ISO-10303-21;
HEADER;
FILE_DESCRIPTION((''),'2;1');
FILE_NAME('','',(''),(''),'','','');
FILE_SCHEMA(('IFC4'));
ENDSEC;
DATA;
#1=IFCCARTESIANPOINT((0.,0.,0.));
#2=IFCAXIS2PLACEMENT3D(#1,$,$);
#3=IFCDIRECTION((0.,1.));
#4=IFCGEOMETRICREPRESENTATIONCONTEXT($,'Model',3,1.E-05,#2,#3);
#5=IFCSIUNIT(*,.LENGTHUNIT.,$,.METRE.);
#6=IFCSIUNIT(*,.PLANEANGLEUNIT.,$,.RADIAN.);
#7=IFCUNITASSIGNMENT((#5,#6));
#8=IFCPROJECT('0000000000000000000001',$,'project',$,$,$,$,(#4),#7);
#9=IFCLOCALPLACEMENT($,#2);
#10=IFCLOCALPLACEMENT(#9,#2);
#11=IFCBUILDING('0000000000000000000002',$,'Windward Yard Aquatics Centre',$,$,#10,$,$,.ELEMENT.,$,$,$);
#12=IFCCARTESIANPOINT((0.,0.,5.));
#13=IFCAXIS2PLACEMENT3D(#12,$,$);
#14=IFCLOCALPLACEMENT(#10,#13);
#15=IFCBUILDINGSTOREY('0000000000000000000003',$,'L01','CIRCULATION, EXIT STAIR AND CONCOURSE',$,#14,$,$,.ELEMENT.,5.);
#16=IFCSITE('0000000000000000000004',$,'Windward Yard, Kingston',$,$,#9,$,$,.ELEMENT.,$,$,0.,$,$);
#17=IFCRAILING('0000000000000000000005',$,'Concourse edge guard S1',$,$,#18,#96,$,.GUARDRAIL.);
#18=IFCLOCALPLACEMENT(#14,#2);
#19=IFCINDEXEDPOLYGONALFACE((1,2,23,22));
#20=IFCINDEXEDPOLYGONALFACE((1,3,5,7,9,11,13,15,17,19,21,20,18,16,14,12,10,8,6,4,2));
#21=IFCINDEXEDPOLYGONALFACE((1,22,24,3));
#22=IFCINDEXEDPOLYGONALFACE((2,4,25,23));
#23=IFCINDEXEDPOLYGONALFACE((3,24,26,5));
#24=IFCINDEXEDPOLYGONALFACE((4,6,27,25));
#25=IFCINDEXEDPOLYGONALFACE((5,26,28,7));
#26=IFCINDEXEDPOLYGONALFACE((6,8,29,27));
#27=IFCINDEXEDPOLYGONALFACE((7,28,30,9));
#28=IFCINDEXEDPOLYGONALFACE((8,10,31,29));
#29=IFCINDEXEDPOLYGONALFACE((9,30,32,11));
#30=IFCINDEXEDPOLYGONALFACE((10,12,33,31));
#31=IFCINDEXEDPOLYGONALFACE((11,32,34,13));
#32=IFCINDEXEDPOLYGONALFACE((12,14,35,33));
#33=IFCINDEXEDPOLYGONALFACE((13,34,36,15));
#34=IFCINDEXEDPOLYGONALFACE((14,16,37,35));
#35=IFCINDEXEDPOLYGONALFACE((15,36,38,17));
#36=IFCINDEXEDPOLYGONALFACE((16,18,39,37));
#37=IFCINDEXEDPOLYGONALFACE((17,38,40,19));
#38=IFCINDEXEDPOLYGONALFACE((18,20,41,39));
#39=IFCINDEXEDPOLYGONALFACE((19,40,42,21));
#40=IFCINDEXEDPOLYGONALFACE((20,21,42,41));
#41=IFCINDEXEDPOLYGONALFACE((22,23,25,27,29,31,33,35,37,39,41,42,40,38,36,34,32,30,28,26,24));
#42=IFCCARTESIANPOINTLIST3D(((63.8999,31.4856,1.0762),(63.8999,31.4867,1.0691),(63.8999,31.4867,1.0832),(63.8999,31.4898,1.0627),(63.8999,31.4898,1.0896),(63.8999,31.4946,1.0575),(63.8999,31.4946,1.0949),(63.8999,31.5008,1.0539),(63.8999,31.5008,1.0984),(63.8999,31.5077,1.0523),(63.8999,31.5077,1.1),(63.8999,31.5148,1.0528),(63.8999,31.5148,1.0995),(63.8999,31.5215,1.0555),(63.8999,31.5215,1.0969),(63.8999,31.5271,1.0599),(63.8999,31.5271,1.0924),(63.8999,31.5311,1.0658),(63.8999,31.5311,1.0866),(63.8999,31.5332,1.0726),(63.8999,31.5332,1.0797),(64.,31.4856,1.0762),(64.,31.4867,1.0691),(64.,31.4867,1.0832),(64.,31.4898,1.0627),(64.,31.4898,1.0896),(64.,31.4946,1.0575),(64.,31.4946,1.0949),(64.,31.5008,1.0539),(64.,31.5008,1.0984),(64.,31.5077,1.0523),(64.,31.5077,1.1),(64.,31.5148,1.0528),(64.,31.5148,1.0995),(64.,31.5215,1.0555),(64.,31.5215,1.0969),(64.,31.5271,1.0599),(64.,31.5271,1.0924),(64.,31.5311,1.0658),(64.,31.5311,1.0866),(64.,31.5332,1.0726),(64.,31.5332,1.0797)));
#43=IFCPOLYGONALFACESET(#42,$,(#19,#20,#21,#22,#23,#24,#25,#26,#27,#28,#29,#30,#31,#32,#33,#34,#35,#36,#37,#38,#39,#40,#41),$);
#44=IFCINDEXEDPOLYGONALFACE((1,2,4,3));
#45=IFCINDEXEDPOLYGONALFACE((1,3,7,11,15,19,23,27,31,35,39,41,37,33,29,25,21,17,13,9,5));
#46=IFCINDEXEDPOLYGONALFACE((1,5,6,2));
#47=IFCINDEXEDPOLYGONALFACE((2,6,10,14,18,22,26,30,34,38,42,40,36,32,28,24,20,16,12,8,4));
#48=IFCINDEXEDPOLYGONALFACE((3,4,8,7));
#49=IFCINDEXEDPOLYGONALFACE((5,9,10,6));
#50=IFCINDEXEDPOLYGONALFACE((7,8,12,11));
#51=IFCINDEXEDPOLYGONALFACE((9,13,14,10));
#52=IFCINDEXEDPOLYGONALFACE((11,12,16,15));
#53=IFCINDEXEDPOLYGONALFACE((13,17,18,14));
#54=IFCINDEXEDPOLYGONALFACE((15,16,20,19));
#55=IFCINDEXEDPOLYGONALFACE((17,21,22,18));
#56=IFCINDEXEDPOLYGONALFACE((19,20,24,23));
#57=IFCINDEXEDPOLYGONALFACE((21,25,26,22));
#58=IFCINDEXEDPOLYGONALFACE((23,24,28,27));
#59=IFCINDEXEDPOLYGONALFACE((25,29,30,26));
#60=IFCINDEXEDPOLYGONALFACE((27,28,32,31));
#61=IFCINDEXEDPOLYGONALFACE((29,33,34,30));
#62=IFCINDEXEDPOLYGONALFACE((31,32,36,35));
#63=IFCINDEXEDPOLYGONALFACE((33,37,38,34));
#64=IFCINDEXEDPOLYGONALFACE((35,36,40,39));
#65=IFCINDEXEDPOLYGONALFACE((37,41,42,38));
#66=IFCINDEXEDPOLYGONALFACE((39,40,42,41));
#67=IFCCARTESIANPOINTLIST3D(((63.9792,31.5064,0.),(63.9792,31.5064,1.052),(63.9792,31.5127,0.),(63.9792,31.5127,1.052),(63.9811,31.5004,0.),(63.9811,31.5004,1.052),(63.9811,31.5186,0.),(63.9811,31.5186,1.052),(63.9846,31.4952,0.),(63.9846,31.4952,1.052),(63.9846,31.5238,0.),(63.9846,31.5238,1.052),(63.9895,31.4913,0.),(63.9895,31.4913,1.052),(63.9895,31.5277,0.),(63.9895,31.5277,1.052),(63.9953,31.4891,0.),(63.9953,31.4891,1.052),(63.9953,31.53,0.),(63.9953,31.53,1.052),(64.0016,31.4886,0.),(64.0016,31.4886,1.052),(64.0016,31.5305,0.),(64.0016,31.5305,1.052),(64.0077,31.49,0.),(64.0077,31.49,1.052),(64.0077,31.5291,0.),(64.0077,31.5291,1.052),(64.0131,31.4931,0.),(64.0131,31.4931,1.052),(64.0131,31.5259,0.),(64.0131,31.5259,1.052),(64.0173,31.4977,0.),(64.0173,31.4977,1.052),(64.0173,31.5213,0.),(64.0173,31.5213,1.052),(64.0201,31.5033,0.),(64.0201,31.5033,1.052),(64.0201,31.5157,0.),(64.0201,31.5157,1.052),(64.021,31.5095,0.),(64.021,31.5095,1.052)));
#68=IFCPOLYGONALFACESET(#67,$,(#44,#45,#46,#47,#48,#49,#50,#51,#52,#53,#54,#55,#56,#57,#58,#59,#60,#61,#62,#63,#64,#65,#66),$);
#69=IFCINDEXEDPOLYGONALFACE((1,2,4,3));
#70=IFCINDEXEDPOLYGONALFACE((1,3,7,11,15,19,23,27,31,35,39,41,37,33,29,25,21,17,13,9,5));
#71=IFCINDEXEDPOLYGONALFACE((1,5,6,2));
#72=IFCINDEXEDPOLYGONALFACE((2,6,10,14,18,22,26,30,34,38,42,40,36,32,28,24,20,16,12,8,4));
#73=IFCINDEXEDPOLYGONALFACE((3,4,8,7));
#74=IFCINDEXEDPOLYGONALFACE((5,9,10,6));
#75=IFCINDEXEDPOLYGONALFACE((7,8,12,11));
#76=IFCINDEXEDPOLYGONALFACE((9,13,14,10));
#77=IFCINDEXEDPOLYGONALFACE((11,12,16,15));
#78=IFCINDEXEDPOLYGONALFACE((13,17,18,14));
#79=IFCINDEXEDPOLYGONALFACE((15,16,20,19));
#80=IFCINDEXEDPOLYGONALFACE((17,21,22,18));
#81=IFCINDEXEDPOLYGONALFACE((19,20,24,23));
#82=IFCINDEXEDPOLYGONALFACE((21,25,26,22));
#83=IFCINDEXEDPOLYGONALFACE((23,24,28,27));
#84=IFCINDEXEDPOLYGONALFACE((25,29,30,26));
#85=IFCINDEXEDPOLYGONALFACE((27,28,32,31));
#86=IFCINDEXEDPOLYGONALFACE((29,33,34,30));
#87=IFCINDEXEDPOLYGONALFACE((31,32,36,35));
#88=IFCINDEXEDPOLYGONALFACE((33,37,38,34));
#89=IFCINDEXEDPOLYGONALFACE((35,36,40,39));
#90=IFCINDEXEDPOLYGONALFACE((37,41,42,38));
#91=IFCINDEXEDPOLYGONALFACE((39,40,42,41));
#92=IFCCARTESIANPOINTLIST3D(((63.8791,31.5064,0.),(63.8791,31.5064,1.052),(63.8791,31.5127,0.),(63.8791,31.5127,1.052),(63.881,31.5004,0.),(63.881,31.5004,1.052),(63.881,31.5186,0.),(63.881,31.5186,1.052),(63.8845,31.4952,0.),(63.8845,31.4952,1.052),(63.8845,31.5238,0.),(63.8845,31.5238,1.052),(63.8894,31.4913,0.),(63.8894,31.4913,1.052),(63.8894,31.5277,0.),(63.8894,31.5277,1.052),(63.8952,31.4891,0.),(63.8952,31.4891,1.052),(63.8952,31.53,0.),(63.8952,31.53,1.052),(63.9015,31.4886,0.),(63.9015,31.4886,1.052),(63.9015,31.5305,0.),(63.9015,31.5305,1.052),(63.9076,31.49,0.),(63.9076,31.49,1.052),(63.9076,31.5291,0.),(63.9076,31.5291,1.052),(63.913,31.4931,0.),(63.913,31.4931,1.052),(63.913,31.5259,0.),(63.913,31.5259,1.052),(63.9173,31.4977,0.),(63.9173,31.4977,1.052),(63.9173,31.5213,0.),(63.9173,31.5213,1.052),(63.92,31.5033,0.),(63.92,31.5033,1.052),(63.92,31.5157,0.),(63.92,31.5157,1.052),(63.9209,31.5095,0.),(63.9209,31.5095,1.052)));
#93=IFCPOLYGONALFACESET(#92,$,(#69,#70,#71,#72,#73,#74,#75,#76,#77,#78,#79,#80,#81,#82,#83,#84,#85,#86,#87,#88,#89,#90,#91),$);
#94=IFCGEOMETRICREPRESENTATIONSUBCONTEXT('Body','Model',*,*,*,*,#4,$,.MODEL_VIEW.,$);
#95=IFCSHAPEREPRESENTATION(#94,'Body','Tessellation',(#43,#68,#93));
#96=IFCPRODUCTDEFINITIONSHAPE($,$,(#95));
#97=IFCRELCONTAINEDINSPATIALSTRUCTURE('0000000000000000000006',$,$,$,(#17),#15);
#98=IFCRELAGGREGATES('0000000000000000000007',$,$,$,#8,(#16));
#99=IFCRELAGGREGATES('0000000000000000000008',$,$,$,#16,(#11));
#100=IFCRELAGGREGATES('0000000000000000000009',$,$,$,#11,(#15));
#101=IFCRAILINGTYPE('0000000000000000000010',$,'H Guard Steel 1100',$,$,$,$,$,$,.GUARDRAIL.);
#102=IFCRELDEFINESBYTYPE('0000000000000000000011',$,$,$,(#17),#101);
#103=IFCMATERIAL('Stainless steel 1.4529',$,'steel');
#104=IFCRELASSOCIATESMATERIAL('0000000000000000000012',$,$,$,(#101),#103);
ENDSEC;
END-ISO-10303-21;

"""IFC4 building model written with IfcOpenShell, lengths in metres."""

from ifc_helpers import new_model, si_unit, direction, frame, origin, origin_2d, place, context, subcontext, project, spatial, circle, extrude, material, type_object, element, save


model = new_model("IFC4")

# Units and contexts
model_context = context("Model", 3, precision=1e-05, world=origin(), true_north=direction((0.0, 1.0)))
body_context = subcontext(model_context, "Body", "Model", "MODEL_VIEW")
ifc_project = project(units=[si_unit("LENGTHUNIT", "METRE"), si_unit("PLANEANGLEUNIT", "RADIAN")], contexts=[model_context])

# Site, building, storey
site_placement = place(None, origin())
site = spatial("IfcSite", under=ifc_project, at=site_placement, Name="Windward Yard, Kingston", CompositionType="ELEMENT", RefElevation=0.0)
building_placement = place(site_placement, origin())
building = spatial("IfcBuilding", under=site, at=building_placement, Name="Windward Yard Aquatics Centre", CompositionType="ELEMENT")
storey_placement = place(building_placement, frame((0.0, 0.0, 5.0)))
storey = spatial("IfcBuildingStorey", under=building, at=storey_placement, Name="L01", Description="CIRCULATION, EXIT STAIR AND CONCOURSE", CompositionType="ELEMENT", Elevation=5.0)

# Railing
ifc_material_1 = material(Name="Stainless steel 1.4529", Category="steel")
railing_type_1 = type_object("IfcRailingType", Name="H Guard Steel 1100", PredefinedType="GUARDRAIL", material=ifc_material_1)
railing_1_placement = place(storey_placement, frame((64.0, 31.5095, 0.0)))
element("IfcRailing", 1, at=railing_1_placement, inside=storey, type_object=railing_type_1, Name="Concourse edge guard S1", PredefinedType="GUARDRAIL", context=body_context, shape_type="SweptSolid", body=[
    extrude(circle(Radius=0.0239, at=origin_2d()), frame((0.0, 0.0, 1.0762), z_axis=(-1.0, 0.0, 0.0), x_axis=(0.0, -1.0, 0.0)), (0.0, 0.0, 1.0), 0.1001),
    extrude(circle(Radius=0.021, at=origin_2d()), origin(), (0.0, 0.0, 1.0), 1.052),
    extrude(circle(Radius=0.021, at=origin_2d()), frame((-0.1001, 0.0, 0.0)), (0.0, 0.0, 1.0), 1.052),
])

save(model, "model.ifc")
